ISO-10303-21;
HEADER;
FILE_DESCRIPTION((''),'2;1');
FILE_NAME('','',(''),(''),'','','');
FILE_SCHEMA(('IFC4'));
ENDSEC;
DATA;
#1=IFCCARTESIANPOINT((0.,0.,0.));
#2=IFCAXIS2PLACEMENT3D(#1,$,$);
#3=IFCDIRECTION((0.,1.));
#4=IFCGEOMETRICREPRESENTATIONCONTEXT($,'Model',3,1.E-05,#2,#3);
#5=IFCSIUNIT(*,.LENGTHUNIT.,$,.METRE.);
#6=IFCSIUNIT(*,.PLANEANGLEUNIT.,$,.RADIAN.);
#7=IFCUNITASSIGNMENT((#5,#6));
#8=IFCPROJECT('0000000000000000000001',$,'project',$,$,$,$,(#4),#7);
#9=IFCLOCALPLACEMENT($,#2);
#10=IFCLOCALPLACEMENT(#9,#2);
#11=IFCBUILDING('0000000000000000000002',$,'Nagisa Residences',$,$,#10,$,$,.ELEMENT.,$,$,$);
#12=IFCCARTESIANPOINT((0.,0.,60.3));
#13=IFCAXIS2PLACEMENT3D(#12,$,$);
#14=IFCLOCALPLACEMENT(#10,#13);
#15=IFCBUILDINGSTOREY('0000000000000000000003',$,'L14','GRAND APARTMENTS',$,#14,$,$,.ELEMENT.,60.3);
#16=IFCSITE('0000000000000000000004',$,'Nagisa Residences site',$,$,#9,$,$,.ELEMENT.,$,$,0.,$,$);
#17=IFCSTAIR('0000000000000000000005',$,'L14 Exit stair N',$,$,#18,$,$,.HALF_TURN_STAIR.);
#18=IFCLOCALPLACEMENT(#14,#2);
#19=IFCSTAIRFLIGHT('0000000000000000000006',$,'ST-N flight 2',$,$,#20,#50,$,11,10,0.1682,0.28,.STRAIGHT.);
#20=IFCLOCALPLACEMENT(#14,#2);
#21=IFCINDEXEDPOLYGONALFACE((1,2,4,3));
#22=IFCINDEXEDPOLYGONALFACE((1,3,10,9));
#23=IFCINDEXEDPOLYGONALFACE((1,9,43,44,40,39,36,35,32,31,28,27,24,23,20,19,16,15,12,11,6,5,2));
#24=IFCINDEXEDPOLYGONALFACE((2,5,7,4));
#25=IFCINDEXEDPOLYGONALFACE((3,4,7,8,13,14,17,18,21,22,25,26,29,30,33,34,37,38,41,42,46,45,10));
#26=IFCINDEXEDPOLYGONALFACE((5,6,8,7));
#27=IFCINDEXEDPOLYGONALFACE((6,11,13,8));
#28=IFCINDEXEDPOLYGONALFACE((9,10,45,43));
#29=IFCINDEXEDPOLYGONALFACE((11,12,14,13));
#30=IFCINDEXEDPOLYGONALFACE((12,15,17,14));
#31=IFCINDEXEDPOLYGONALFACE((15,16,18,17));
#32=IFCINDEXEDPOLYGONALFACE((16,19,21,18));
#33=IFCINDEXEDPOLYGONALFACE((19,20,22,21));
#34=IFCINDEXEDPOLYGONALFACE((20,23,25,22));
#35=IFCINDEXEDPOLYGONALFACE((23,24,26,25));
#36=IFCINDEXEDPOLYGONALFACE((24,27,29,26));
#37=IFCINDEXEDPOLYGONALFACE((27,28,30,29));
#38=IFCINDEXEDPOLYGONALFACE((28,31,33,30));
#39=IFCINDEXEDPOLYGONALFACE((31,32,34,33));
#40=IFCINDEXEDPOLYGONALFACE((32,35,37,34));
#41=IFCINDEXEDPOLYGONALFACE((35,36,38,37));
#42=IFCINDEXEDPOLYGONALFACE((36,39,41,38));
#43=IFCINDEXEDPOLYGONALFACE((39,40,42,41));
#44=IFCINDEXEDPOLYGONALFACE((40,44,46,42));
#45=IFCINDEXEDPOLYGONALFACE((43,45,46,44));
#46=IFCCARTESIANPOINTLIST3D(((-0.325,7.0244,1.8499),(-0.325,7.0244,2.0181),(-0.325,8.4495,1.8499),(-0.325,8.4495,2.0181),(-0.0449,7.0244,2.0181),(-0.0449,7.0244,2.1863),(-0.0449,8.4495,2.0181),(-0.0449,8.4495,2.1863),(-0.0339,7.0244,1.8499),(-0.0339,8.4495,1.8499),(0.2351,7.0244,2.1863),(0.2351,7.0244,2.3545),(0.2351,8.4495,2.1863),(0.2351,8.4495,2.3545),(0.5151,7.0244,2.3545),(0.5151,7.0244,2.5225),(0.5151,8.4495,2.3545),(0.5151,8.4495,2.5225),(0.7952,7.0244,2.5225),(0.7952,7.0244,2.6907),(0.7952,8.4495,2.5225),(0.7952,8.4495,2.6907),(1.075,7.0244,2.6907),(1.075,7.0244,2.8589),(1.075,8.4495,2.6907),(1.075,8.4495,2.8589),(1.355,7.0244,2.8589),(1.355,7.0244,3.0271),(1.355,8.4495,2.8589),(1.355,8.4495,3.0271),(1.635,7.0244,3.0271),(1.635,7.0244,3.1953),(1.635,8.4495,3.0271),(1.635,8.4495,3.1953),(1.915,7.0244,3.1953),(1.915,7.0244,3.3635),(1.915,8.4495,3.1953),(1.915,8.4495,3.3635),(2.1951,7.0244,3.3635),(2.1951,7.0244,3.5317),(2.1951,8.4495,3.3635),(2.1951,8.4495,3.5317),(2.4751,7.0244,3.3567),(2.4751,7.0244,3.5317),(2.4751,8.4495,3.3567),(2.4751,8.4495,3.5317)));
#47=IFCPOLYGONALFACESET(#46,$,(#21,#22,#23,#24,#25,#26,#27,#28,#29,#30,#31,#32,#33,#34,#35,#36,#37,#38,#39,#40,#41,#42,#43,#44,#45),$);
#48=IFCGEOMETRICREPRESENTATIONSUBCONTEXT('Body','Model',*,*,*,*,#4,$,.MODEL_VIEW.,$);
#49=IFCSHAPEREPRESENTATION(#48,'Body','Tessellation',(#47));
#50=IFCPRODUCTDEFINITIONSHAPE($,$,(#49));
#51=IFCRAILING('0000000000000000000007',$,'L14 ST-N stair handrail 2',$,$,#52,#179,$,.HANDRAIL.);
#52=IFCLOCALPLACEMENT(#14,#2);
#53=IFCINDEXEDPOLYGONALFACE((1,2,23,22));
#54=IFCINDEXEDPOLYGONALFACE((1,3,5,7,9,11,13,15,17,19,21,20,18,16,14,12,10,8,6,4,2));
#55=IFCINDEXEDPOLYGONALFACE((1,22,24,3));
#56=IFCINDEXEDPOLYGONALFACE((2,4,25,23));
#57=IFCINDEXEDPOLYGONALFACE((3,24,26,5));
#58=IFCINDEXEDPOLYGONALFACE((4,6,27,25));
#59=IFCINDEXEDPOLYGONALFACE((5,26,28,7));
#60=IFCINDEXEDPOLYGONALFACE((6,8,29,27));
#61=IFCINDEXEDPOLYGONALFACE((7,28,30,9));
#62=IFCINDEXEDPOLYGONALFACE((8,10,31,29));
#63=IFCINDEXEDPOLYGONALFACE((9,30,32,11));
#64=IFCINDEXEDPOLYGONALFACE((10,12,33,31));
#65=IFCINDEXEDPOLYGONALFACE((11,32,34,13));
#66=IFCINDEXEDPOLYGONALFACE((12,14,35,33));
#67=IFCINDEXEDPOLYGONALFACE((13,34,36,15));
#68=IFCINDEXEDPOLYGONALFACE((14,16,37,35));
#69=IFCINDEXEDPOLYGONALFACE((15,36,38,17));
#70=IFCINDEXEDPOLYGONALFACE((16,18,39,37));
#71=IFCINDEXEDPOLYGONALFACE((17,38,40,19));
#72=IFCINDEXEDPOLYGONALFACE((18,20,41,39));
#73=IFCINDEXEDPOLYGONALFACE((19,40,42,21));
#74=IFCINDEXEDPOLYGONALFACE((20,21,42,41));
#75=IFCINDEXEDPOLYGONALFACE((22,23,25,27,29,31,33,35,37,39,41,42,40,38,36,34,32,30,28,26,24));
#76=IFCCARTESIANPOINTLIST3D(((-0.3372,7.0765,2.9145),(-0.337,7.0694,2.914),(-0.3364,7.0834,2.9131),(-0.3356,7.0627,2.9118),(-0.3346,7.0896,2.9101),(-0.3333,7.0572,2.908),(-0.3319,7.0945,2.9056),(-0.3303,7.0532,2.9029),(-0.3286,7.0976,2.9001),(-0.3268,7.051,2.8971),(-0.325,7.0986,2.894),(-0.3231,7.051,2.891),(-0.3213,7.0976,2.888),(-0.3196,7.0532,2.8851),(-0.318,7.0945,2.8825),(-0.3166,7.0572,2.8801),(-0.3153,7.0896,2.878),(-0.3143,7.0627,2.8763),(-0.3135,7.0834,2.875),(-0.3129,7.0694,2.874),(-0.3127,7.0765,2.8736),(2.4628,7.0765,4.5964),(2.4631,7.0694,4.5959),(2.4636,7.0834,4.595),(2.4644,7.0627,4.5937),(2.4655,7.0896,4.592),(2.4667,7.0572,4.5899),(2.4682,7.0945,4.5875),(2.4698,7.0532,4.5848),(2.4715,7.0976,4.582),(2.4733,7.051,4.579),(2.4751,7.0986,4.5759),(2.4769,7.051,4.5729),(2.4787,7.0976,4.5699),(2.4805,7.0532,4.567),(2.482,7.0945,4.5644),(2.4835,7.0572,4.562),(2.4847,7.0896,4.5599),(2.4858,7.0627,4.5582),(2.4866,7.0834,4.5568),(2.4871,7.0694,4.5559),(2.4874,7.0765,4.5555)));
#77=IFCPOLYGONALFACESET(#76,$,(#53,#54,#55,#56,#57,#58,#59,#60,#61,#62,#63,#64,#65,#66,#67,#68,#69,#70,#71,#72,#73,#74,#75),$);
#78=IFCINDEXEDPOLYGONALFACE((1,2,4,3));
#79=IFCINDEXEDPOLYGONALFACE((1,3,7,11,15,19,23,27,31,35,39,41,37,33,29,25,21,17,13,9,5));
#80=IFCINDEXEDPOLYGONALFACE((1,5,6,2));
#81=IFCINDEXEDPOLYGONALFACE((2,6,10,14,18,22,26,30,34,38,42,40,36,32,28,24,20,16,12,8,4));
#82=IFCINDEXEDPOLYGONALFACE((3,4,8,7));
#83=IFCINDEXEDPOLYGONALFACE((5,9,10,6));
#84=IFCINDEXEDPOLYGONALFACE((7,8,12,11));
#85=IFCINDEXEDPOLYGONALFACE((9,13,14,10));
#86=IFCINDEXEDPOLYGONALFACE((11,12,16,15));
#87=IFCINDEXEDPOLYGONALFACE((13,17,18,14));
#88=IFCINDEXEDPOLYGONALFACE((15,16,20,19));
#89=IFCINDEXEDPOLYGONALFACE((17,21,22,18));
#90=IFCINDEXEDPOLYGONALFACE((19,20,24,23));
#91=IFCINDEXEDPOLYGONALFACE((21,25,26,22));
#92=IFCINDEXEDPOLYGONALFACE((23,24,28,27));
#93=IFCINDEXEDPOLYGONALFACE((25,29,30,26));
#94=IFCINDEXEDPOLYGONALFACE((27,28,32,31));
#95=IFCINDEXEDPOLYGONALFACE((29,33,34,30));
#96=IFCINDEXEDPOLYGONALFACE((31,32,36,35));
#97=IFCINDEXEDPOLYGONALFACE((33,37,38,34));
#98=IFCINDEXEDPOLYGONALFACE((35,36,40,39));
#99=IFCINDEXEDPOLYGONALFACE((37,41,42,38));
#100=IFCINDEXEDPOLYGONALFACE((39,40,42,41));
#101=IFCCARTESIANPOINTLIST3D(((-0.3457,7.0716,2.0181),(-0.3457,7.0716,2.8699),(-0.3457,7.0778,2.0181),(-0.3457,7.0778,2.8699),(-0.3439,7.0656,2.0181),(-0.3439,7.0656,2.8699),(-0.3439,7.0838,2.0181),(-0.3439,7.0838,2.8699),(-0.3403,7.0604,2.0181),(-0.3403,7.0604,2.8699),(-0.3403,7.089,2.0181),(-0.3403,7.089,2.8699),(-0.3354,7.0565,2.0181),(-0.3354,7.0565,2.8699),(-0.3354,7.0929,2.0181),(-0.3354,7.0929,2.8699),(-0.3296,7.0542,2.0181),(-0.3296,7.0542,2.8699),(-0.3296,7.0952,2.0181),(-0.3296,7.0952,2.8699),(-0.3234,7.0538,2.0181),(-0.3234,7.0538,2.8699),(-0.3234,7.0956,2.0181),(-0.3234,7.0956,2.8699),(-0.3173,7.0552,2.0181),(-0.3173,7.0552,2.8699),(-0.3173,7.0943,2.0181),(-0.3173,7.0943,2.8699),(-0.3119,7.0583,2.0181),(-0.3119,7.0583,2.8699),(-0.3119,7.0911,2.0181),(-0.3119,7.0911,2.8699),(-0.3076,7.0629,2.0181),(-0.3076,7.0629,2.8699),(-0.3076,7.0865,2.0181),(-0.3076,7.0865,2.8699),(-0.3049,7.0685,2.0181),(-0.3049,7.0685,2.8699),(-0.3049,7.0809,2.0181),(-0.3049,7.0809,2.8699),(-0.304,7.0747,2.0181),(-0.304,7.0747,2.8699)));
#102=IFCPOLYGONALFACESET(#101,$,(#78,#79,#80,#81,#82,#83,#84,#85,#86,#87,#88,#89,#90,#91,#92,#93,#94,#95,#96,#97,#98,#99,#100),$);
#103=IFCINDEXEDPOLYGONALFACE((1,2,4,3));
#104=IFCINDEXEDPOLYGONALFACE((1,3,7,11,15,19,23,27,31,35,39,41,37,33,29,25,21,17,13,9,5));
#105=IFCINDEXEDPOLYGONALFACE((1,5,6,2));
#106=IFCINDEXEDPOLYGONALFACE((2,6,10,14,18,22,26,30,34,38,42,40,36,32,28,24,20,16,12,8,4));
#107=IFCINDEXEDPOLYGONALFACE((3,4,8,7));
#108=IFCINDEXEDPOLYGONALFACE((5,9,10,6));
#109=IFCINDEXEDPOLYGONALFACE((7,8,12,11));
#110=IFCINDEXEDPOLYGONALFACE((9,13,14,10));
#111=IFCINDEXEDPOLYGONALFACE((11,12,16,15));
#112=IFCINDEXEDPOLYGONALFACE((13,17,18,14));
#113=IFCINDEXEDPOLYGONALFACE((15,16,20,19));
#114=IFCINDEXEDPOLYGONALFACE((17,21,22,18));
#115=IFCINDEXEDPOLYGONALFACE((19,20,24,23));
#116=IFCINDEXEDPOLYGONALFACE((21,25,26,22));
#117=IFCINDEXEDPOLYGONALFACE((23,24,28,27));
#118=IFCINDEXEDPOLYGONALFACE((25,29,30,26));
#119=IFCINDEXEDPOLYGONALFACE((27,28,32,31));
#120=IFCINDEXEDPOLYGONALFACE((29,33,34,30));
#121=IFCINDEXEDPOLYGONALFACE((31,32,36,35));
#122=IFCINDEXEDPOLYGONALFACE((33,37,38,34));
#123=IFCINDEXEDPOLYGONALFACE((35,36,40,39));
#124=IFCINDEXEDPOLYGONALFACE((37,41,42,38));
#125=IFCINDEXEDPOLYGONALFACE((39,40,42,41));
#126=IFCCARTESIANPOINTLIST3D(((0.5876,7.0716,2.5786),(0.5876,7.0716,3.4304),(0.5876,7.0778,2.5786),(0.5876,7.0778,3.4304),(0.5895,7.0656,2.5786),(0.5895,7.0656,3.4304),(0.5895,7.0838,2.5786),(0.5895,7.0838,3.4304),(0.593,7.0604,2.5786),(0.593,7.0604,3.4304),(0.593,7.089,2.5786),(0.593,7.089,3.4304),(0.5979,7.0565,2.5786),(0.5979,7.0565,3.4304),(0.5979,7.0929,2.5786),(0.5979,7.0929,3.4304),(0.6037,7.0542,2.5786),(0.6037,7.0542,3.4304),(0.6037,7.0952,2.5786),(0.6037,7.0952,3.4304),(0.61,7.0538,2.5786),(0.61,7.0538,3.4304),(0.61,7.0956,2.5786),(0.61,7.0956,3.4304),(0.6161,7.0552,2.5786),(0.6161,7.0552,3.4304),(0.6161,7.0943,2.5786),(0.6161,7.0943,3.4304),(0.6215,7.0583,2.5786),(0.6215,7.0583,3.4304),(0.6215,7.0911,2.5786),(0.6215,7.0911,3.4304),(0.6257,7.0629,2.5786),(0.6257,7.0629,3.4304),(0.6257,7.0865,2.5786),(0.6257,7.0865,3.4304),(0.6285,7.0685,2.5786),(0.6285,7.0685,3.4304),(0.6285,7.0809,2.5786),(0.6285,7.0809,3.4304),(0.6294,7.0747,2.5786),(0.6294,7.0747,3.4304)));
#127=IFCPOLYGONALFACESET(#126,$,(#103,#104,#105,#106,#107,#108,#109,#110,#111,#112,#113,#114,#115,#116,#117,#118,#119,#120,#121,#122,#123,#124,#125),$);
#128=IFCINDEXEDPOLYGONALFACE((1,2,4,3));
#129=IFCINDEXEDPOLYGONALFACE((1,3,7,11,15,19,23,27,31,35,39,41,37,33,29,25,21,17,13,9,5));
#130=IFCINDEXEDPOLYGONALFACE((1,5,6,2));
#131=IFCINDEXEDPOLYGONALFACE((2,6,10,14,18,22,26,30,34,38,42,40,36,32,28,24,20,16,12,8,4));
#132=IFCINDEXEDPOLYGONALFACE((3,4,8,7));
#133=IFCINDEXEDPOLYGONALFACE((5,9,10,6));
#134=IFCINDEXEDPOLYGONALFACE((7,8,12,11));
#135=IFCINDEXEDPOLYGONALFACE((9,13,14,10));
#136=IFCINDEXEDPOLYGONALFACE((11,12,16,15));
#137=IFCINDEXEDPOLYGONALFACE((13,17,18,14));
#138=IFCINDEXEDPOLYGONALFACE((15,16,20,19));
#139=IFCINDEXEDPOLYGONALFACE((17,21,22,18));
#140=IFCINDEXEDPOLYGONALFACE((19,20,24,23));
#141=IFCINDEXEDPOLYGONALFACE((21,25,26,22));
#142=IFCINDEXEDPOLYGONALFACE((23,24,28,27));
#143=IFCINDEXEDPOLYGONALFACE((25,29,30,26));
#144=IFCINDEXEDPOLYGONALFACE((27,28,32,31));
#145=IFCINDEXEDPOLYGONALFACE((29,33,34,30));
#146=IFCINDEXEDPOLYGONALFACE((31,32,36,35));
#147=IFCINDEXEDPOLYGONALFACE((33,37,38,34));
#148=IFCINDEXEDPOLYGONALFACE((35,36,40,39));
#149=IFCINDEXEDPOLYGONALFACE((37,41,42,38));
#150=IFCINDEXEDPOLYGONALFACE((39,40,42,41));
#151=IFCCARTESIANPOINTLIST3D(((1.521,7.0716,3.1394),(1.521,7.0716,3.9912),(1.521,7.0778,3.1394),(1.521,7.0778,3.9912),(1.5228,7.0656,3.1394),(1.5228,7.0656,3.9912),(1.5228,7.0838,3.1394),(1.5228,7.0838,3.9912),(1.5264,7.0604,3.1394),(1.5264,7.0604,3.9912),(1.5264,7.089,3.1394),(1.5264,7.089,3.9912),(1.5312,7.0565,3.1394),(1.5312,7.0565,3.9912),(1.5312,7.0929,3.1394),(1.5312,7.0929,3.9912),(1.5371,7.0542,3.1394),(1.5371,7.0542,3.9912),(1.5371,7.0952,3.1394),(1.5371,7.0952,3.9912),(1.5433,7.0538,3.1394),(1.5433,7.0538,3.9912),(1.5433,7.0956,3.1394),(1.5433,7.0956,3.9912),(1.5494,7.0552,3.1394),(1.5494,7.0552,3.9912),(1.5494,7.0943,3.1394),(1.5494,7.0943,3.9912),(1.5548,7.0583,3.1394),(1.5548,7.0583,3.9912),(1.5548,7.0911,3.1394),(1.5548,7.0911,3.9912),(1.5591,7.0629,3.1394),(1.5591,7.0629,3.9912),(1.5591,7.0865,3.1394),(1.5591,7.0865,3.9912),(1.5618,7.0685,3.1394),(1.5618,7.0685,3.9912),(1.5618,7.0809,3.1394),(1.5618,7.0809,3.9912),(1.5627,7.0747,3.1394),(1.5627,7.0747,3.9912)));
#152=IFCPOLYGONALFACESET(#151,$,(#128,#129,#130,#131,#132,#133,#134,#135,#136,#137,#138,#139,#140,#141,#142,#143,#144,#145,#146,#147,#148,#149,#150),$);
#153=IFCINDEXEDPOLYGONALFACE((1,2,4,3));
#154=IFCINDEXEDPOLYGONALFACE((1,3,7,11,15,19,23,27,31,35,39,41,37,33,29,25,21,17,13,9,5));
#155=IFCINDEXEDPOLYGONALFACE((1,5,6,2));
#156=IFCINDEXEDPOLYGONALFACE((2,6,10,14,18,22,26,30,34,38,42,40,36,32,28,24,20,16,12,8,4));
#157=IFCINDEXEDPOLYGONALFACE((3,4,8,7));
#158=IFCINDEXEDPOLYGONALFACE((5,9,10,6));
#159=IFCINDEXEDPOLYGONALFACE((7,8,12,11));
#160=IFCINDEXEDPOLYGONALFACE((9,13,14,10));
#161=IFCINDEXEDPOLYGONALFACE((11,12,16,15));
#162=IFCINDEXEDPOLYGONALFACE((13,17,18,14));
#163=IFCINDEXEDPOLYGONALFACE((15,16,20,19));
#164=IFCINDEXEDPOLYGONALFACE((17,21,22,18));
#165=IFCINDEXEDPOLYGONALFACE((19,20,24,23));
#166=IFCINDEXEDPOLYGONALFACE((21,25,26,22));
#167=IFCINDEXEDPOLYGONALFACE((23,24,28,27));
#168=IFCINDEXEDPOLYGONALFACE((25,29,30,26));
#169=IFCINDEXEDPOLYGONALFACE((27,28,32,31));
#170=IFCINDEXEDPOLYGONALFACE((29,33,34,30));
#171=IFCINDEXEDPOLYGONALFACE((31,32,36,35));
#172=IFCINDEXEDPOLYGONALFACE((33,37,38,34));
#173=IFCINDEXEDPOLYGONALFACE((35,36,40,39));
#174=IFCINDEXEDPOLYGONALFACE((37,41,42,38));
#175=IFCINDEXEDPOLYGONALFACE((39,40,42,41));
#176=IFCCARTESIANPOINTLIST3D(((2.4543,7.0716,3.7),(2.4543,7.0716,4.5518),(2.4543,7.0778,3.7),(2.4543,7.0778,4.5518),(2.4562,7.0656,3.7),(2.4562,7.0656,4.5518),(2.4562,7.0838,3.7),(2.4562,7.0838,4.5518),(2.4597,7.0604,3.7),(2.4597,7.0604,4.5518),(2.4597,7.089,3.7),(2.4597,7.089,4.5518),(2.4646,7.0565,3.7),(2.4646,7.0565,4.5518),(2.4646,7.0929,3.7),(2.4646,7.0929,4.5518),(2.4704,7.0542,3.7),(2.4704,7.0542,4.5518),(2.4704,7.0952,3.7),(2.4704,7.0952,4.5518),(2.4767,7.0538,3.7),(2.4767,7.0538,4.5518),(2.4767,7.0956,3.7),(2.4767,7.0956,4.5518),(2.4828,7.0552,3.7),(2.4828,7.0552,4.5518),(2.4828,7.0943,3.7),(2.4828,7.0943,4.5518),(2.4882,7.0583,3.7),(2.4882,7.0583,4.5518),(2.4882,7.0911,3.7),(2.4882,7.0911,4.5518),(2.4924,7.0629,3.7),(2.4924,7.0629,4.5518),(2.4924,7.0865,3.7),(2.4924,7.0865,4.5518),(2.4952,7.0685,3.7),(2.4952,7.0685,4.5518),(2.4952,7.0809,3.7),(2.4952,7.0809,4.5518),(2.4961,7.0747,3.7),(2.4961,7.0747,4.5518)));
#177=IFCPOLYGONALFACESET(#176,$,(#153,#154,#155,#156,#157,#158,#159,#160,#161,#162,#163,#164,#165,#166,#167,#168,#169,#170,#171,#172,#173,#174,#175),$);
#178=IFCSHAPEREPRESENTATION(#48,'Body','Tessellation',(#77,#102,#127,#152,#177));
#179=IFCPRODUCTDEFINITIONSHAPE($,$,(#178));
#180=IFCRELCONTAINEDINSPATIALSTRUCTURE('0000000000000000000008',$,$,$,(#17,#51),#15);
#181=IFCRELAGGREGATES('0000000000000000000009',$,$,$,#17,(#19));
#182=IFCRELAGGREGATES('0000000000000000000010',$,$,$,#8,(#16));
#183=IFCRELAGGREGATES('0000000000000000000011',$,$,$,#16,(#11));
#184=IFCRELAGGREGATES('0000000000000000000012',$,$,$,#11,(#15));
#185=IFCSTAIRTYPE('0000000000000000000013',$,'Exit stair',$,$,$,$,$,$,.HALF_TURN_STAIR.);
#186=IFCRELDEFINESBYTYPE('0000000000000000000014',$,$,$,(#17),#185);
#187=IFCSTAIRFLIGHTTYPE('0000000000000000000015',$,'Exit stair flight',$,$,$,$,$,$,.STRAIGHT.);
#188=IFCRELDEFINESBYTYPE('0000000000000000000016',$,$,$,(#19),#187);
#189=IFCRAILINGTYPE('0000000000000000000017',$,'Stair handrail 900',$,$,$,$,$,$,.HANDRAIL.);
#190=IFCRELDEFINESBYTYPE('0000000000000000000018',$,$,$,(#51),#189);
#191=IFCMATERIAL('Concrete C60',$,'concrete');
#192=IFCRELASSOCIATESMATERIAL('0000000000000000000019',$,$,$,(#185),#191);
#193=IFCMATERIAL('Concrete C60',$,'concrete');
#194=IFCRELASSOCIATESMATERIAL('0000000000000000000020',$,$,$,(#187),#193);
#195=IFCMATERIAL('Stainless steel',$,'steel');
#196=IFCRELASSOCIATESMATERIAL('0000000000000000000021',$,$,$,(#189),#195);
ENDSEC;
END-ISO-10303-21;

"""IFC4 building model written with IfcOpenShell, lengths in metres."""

from ifc_helpers import new_model, si_unit, direction, frame, origin, origin_2d, place, context, subcontext, project, spatial, polyline, circle, outline, extrude, material, type_object, element, aggregate, save


model = new_model("IFC4")

# Units and contexts
model_context = context("Model", 3, precision=1e-05, world=origin(), true_north=direction((0.0, 1.0)))
body_context = subcontext(model_context, "Body", "Model", "MODEL_VIEW")
ifc_project = project(units=[si_unit("LENGTHUNIT", "METRE"), si_unit("PLANEANGLEUNIT", "RADIAN")], contexts=[model_context])

# Site, building, storey
site_placement = place(None, origin())
site = spatial("IfcSite", under=ifc_project, at=site_placement, Name="Nagisa Residences site", CompositionType="ELEMENT", RefElevation=0.0)
building_placement = place(site_placement, origin())
building = spatial("IfcBuilding", under=site, at=building_placement, Name="Nagisa Residences", CompositionType="ELEMENT")
storey_placement = place(building_placement, frame((0.0, 0.0, 60.3)))
storey = spatial("IfcBuildingStorey", under=building, at=storey_placement, Name="L14", Description="GRAND APARTMENTS", CompositionType="ELEMENT", Elevation=60.3)

# Stair
ifc_material_1 = material(Name="Concrete C60", Category="concrete")
stair_type = type_object("IfcStairType", Name="Exit stair", PredefinedType="HALF_TURN_STAIR", material=ifc_material_1)
stair_1_placement = place(storey_placement, origin())
stair_1 = element("IfcStair", 1, at=stair_1_placement, inside=storey, type_object=stair_type, Name="L14 Exit stair N", PredefinedType="HALF_TURN_STAIR")

# Stair flight
ifc_material_2 = material(Name="Concrete C60", Category="concrete")
stair_flight_type = type_object("IfcStairFlightType", Name="Exit stair flight", PredefinedType="STRAIGHT", material=ifc_material_2)
stair_flight_placement = place(storey_placement, frame((-0.325, 7.7371, 1.8499), z_axis=(0.0, 0.0, 1.0), x_axis=(1.0, 0.0, 0.0)))
stair_flight = element("IfcStairFlight", 2, at=stair_flight_placement, type_object=stair_flight_type, Name="ST-N flight 2", NumberOfRisers=11, NumberOfTreads=10, PredefinedType="STRAIGHT", RiserHeight=0.1682, TreadLength=0.28, context=body_context, shape_type="SweptSolid", body=[
    extrude(outline(polyline([(0.0, 0.0), (0.0, 0.1682), (0.28, 0.1682), (0.28, 0.3364), (0.5601, 0.3364), (0.5601, 0.5046), (0.8401, 0.5046), (0.8401, 0.6726), (1.1201, 0.6726), (1.1201, 0.8408), (1.3999, 0.8408), (1.3999, 1.009), (1.6799, 1.009), (1.6799, 1.1772), (1.96, 1.1772), (1.96, 1.3455), (2.24, 1.3455), (2.24, 1.5137), (2.52, 1.5137), (2.52, 1.6819), (2.8, 1.6819), (2.8, 1.8501), (2.8, 1.5068), (0.291, 0.0), (0.0, 0.0)])), frame((0.0, 0.7124, 0.0), z_axis=(0.0, -1.0, 0.0), x_axis=(1.0, 0.0, 0.0)), (0.0, 0.0, 1.0), 1.425),
])
aggregate(stair_1, [stair_flight])

# Railing
ifc_material_3 = material(Name="Stainless steel", Category="steel")
railing_type = type_object("IfcRailingType", Name="Stair handrail 900", PredefinedType="HANDRAIL", material=ifc_material_3)
railing_placement = place(storey_placement, frame((-0.325, 7.0747, 2.0181)))
element("IfcRailing", 3, at=railing_placement, inside=storey, type_object=railing_type, Name="L14 ST-N stair handrail 2", PredefinedType="HANDRAIL", context=body_context, shape_type="SweptSolid", body=[
    extrude(circle(Radius=0.0239, at=origin_2d()), frame((0.0, 0.0, 0.876), z_axis=(0.857242, 0.0, 0.514913), x_axis=(0.0, 1.0, 0.0)), (0.0, 0.0, 1.0), 3.2664),
    extrude(circle(Radius=0.021, at=origin_2d()), origin(), (0.0, 0.0, 1.0), 0.8518),
    extrude(circle(Radius=0.021, at=origin_2d()), frame((0.9333, 0.0, 0.5605)), (0.0, 0.0, 1.0), 0.8518),
    extrude(circle(Radius=0.021, at=origin_2d()), frame((1.8667, 0.0, 1.1213)), (0.0, 0.0, 1.0), 0.8518),
    extrude(circle(Radius=0.021, at=origin_2d()), frame((2.8, 0.0, 1.6819)), (0.0, 0.0, 1.0), 0.8518),
])

save(model, "model.ifc")
